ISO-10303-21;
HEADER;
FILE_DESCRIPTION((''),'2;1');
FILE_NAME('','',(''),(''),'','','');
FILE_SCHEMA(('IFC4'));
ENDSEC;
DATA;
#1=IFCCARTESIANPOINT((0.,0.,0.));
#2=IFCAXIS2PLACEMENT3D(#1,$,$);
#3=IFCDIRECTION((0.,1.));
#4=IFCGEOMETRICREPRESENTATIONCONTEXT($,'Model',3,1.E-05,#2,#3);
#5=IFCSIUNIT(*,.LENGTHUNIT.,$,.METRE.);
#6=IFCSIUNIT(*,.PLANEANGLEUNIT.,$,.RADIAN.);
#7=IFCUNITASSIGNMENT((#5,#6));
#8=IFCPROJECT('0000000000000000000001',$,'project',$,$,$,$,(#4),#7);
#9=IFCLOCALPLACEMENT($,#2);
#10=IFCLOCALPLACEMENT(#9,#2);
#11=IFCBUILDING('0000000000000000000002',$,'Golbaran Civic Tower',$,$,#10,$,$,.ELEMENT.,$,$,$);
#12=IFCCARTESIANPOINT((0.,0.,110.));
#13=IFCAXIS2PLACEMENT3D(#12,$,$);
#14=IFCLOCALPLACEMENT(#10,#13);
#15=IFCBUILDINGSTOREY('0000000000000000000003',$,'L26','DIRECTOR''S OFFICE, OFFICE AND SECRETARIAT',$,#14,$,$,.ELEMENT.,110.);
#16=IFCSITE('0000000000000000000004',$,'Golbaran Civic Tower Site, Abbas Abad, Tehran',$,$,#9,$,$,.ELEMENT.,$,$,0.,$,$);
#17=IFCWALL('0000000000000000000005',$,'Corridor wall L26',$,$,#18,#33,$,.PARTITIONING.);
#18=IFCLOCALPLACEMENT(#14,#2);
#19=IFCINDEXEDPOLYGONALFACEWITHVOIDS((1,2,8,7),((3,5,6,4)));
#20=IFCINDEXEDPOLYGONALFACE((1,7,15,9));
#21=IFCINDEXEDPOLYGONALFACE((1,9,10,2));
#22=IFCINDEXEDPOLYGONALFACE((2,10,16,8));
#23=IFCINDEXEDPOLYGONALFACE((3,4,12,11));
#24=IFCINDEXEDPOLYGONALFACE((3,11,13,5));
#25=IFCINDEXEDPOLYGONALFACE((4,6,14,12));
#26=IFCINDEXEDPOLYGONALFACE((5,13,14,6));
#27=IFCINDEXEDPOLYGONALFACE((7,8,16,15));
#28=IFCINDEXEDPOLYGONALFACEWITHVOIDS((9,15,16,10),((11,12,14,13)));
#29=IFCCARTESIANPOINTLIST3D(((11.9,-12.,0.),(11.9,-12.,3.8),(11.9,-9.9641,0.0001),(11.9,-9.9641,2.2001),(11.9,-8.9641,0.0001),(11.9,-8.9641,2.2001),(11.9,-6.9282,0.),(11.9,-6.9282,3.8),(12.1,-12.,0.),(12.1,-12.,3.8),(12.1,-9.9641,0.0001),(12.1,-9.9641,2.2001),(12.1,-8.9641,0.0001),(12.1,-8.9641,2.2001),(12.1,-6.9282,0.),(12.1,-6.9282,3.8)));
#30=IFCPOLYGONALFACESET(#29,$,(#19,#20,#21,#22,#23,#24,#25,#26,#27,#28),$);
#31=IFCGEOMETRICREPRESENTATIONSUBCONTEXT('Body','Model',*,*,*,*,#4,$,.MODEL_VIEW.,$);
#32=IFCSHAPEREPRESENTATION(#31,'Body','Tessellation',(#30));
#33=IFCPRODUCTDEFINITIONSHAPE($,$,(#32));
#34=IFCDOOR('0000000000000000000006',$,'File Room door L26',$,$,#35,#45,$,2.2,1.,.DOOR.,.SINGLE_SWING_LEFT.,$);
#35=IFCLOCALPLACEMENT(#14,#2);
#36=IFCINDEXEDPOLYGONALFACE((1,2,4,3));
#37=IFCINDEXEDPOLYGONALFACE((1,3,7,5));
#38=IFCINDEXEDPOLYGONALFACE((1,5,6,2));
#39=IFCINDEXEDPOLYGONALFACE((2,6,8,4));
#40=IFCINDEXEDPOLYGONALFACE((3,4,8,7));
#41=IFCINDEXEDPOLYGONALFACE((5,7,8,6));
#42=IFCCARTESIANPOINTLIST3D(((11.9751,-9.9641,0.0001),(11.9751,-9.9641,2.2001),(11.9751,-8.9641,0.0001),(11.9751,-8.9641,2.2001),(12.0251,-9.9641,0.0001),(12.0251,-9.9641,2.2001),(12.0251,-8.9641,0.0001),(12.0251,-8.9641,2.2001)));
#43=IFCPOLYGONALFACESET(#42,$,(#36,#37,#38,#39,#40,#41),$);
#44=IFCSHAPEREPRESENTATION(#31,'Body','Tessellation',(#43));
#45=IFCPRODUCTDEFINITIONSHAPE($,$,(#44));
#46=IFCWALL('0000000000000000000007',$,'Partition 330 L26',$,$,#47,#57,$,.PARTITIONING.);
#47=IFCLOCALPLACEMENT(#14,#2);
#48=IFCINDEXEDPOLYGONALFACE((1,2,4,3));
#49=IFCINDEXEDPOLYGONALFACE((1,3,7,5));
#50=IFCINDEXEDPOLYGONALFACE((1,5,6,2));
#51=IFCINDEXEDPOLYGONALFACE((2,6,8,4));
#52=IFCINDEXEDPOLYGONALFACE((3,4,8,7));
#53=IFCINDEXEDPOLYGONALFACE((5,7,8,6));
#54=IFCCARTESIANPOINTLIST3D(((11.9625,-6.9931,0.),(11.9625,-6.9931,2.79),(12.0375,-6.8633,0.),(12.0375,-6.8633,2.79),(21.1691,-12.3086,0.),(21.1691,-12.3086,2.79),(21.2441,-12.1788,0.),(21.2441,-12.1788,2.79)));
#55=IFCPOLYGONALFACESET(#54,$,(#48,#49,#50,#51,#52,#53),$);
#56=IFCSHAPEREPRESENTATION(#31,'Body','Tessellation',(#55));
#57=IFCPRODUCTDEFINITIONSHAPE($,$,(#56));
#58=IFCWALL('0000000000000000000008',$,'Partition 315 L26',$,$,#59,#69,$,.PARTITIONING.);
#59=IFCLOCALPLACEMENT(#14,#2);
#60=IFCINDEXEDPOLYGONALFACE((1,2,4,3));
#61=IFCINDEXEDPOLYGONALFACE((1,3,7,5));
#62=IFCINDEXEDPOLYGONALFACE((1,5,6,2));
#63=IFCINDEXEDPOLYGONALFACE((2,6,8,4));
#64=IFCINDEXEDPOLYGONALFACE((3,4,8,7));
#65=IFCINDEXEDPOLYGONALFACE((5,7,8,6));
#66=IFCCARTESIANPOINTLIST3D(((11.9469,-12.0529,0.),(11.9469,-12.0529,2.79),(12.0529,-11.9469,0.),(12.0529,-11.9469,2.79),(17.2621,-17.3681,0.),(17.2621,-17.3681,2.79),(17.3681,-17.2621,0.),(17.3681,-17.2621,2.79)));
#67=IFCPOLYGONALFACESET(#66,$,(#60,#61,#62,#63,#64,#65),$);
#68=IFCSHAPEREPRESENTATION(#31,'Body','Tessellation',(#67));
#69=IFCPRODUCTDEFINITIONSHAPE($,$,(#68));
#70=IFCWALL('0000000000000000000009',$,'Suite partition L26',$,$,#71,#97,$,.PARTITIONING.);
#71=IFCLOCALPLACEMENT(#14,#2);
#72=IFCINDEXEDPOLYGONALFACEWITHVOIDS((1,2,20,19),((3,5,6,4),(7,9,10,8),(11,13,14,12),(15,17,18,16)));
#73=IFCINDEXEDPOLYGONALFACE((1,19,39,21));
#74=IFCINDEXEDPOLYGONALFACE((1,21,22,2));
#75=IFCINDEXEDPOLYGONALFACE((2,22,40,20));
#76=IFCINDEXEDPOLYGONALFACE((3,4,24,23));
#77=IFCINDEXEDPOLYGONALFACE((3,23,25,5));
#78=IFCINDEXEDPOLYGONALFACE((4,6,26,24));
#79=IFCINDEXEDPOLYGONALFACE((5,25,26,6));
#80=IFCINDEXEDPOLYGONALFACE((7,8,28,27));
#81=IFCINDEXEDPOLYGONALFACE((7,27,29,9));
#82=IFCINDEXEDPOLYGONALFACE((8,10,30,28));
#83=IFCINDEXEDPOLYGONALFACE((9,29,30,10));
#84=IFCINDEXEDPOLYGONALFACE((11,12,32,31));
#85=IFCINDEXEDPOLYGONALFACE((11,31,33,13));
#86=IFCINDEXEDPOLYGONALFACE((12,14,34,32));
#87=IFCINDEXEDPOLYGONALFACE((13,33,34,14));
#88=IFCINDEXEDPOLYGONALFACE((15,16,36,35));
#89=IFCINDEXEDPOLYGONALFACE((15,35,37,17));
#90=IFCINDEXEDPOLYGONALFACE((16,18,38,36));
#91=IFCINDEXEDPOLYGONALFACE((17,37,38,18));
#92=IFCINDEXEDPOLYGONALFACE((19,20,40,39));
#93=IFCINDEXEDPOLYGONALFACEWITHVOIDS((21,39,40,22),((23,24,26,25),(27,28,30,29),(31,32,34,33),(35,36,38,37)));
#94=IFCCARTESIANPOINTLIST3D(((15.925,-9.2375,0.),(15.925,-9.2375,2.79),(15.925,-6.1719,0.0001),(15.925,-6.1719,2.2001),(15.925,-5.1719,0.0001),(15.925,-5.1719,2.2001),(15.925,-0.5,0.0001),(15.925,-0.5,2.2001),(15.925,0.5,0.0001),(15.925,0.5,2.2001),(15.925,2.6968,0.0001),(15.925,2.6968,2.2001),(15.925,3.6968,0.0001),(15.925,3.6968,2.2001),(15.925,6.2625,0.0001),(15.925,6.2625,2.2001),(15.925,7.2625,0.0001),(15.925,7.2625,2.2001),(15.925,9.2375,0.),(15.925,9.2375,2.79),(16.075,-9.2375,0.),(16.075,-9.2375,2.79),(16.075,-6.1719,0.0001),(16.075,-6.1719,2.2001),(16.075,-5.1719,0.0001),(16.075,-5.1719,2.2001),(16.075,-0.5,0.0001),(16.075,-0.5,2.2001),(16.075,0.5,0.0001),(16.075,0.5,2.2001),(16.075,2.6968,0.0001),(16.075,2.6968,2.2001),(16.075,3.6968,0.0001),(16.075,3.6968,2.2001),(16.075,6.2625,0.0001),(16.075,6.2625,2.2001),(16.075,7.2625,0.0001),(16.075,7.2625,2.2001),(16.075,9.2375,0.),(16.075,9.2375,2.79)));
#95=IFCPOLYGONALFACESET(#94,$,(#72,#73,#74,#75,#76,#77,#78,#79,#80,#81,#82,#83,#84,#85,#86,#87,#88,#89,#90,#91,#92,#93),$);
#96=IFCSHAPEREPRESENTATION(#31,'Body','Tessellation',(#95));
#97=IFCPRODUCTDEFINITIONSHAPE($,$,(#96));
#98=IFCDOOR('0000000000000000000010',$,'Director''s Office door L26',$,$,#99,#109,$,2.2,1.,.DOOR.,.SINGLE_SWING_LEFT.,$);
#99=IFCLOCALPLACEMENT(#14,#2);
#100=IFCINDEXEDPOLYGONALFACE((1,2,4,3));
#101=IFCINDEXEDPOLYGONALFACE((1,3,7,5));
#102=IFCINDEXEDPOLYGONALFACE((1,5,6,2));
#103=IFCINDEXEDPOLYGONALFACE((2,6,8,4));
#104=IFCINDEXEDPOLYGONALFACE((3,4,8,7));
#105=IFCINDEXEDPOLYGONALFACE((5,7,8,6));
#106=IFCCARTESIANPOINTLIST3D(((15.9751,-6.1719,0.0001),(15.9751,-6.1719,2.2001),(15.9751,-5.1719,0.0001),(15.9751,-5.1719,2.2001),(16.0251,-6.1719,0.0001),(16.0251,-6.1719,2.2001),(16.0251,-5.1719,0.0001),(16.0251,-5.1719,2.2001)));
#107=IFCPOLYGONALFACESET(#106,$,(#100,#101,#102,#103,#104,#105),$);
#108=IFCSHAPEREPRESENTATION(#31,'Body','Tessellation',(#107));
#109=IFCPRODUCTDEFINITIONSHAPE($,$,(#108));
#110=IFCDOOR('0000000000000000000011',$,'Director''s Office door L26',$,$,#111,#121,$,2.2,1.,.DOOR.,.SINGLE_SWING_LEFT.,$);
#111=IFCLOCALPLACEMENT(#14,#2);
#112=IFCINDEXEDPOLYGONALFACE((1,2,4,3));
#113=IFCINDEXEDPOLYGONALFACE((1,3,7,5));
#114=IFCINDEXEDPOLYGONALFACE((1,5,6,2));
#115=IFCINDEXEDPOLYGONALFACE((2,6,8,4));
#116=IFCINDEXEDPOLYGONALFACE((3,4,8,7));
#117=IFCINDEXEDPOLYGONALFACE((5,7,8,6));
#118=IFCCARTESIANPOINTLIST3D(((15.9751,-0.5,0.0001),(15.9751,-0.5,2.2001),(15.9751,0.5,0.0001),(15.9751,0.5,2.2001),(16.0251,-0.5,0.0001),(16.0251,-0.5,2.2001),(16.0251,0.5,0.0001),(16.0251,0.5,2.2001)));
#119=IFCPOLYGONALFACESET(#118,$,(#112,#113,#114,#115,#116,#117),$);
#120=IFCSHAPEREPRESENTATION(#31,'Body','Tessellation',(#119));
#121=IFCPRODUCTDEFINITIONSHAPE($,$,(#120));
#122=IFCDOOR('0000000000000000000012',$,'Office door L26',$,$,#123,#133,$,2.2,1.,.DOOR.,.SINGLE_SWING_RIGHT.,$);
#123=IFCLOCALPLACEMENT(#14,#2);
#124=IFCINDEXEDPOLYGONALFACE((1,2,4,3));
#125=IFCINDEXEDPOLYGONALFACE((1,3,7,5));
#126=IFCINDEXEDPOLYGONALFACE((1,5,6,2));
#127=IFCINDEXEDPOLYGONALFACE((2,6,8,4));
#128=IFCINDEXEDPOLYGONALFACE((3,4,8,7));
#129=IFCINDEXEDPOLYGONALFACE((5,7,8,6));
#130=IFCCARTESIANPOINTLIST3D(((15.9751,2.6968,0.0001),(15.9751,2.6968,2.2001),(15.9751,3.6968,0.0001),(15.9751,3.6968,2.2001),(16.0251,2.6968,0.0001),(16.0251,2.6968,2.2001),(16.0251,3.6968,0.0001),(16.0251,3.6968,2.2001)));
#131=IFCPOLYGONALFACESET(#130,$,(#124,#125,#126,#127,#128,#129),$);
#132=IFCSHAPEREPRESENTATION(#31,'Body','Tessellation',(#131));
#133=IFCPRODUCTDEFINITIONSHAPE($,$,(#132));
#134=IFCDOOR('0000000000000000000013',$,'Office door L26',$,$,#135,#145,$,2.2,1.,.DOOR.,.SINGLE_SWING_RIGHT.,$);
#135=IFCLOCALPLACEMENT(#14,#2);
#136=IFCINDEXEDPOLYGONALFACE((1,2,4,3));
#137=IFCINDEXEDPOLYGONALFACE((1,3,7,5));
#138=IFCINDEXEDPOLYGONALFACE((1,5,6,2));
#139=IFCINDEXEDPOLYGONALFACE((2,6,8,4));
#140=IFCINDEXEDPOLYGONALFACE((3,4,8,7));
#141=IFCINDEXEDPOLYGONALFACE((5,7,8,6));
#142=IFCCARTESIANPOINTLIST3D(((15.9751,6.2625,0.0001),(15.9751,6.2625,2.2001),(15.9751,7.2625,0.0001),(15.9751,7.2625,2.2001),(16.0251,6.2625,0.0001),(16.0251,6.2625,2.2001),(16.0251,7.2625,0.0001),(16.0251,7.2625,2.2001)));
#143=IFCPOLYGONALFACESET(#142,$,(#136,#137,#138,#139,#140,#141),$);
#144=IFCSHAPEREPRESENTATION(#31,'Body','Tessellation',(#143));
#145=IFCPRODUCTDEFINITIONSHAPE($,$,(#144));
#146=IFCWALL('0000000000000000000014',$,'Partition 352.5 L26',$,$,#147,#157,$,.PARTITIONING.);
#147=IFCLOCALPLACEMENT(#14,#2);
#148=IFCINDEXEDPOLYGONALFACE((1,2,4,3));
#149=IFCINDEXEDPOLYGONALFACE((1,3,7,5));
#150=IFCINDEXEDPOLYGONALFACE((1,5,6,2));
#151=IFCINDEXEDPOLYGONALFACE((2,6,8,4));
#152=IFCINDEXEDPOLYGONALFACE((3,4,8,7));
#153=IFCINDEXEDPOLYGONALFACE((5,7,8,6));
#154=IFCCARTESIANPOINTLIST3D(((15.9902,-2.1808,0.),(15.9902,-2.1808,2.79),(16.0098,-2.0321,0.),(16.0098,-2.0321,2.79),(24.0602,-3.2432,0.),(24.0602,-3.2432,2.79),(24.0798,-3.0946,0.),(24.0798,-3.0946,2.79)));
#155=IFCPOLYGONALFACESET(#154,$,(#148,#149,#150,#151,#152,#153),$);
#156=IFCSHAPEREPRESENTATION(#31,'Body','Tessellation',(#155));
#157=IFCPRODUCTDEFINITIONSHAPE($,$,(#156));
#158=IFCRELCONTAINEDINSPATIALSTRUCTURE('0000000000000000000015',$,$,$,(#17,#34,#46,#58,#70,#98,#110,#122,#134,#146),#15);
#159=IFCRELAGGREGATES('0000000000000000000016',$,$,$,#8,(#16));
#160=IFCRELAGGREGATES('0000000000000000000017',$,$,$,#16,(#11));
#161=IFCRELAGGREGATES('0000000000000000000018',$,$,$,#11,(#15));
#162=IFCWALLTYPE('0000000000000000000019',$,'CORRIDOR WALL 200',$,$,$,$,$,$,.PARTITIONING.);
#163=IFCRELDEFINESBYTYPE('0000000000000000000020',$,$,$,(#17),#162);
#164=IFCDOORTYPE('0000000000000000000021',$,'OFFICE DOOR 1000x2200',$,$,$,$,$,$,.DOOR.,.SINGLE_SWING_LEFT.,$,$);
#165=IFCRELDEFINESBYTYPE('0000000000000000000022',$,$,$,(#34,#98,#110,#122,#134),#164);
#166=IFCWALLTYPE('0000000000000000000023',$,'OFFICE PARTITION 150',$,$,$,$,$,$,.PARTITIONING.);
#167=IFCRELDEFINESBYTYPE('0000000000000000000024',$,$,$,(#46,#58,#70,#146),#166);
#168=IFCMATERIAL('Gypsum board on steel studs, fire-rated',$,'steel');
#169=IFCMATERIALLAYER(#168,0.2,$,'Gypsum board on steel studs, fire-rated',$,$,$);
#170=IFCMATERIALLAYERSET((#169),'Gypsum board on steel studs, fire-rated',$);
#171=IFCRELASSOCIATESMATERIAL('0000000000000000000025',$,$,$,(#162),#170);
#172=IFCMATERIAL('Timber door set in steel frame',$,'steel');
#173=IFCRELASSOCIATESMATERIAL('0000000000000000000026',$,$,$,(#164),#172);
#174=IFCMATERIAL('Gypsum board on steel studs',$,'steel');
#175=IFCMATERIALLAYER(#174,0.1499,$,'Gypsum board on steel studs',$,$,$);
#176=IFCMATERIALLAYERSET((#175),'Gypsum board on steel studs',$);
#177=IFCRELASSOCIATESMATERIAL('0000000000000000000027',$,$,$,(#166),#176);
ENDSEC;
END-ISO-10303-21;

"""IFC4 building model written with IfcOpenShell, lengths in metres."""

from ifc_helpers import new_model, si_unit, direction, frame, frame_2d, origin, place, context, subcontext, project, spatial, rectangle, extrude, material, layer, layer_set, type_object, element, fill, save


model = new_model("IFC4")

# Units and contexts
model_context = context("Model", 3, precision=1e-05, world=origin(), true_north=direction((0.0, 1.0)))
body_context = subcontext(model_context, "Body", "Model", "MODEL_VIEW")
ifc_project = project(units=[si_unit("LENGTHUNIT", "METRE"), si_unit("PLANEANGLEUNIT", "RADIAN")], contexts=[model_context])

# Site, building, storey
site_placement = place(None, origin())
site = spatial("IfcSite", under=ifc_project, at=site_placement, Name="Golbaran Civic Tower Site, Abbas Abad, Tehran", CompositionType="ELEMENT", RefElevation=0.0)
building_placement = place(site_placement, origin())
building = spatial("IfcBuilding", under=site, at=building_placement, Name="Golbaran Civic Tower", CompositionType="ELEMENT")
storey_placement = place(building_placement, frame((0.0, 0.0, 110.0)))
storey = spatial("IfcBuildingStorey", under=building, at=storey_placement, Name="L26", Description="DIRECTOR'S OFFICE, OFFICE AND SECRETARIAT", CompositionType="ELEMENT", Elevation=110.0)

# Shared definitions
ifc_material_1 = material(Name="Timber door set in steel frame", Category="steel")

# Wall, opening, door
ifc_material_2 = material(Name="Gypsum board on steel studs, fire-rated", Category="steel")
ifc_layer_1 = layer(ifc_material_2, 0.2, Name="Gypsum board on steel studs, fire-rated")
ifc_layer_set_1 = layer_set([ifc_layer_1], Name="Gypsum board on steel studs, fire-rated")
wall_type_1 = type_object("IfcWallType", Name="CORRIDOR WALL 200", PredefinedType="PARTITIONING", material=ifc_layer_set_1)
wall_1_placement = place(storey_placement, frame((12.0, -12.0, 0.0), z_axis=(0.0, 0.0, 1.0), x_axis=(0.0, 1.0, 0.0)))
wall_1 = element("IfcWall", 1, at=wall_1_placement, inside=storey, type_object=wall_type_1, Name="Corridor wall L26", PredefinedType="PARTITIONING", context=body_context, shape_type="SweptSolid", body=[
    extrude(rectangle(XDim=5.0718, YDim=0.2, at=frame_2d((2.5359, 0.0))), origin(), (0.0, 0.0, 1.0), 3.8),
])
opening_1_placement = place(wall_1_placement, frame((2.0359, 0.0, 0.0)))
opening_1 = element("IfcOpeningElement", 2, at=opening_1_placement, cuts=wall_1, PredefinedType="OPENING", context=body_context, shape_type="SweptSolid", body=[
    extrude(rectangle(XDim=1.0, YDim=2.2, at=frame_2d((0.5, 1.1001))), frame((0.0, 0.1099, 0.0), z_axis=(0.0, -1.0, 0.0), x_axis=(1.0, 0.0, 0.0)), (0.0, 0.0, 1.0), 0.22),
])
door_type_1 = type_object("IfcDoorType", Name="OFFICE DOOR 1000x2200", OperationType="SINGLE_SWING_LEFT", PredefinedType="DOOR", material=ifc_material_1)
door_1_placement = place(opening_1_placement, origin())
door_1 = element("IfcDoor", 3, at=door_1_placement, inside=storey, type_object=door_type_1, Name="File Room door L26", OperationType="SINGLE_SWING_LEFT", OverallHeight=2.2, OverallWidth=1.0, PredefinedType="DOOR", context=body_context, shape_type="SweptSolid", body=[
    extrude(rectangle(XDim=1.0, YDim=2.2, at=frame_2d((0.5, 1.1001))), frame((0.0, 0.0249, 0.0), z_axis=(0.0, -1.0, 0.0), x_axis=(1.0, 0.0, 0.0)), (0.0, 0.0, 1.0), 0.05),
])
fill(opening_1, door_1)

# Walls
ifc_material_3 = material(Name="Gypsum board on steel studs", Category="steel")
ifc_layer_2 = layer(ifc_material_3, 0.1499, Name="Gypsum board on steel studs")
ifc_layer_set_2 = layer_set([ifc_layer_2], Name="Gypsum board on steel studs")
wall_type_2 = type_object("IfcWallType", Name="OFFICE PARTITION 150", PredefinedType="PARTITIONING", material=ifc_layer_set_2)
wall_2_placement = place(storey_placement, frame((12.0, -6.9282, 0.0), z_axis=(0.0, 0.0, 1.0), x_axis=(0.866024, -0.500002, 0.0)))
element("IfcWall", 4, at=wall_2_placement, inside=storey, type_object=wall_type_2, Name="Partition 330 L26", PredefinedType="PARTITIONING", context=body_context, shape_type="SweptSolid", body=[
    extrude(rectangle(XDim=10.6309, YDim=0.1499, at=frame_2d((5.3154, 0.0))), origin(), (0.0, 0.0, 1.0), 2.79),
])
wall_3_placement = place(storey_placement, frame((12.0, -12.0, 0.0), z_axis=(0.0, 0.0, 1.0), x_axis=(0.707107, -0.707107, 0.0)))
element("IfcWall", 5, at=wall_3_placement, inside=storey, type_object=wall_type_2, Name="Partition 315 L26", PredefinedType="PARTITIONING", context=body_context, shape_type="SweptSolid", body=[
    extrude(rectangle(XDim=7.5168, YDim=0.1499, at=frame_2d((3.7583, 0.0))), origin(), (0.0, 0.0, 1.0), 2.79),
])

# Wall, openings, doors
wall_4_placement = place(storey_placement, frame((16.0, -9.2375, 0.0), z_axis=(0.0, 0.0, 1.0), x_axis=(0.0, 1.0, 0.0)))
wall_4 = element("IfcWall", 6, at=wall_4_placement, inside=storey, type_object=wall_type_2, Name="Suite partition L26", PredefinedType="PARTITIONING", context=body_context, shape_type="SweptSolid", body=[
    extrude(rectangle(XDim=18.4751, YDim=0.1499, at=frame_2d((9.2375, 0.0))), origin(), (0.0, 0.0, 1.0), 2.79),
])
opening_2_placement = place(wall_4_placement, frame((3.0657, 0.0, 0.0)))
opening_2 = element("IfcOpeningElement", 7, at=opening_2_placement, cuts=wall_4, PredefinedType="OPENING", context=body_context, shape_type="SweptSolid", body=[
    extrude(rectangle(XDim=1.0, YDim=2.2, at=frame_2d((0.5, 1.1001))), frame((0.0, 0.085, 0.0), z_axis=(0.0, -1.0, 0.0), x_axis=(1.0, 0.0, 0.0)), (0.0, 0.0, 1.0), 0.1699),
])
opening_3_placement = place(wall_4_placement, frame((8.7375, 0.0, 0.0)))
opening_3 = element("IfcOpeningElement", 8, at=opening_3_placement, cuts=wall_4, PredefinedType="OPENING", context=body_context, shape_type="SweptSolid", body=[
    extrude(rectangle(XDim=1.0, YDim=2.2, at=frame_2d((0.5, 1.1001))), frame((0.0, 0.085, 0.0), z_axis=(0.0, -1.0, 0.0), x_axis=(1.0, 0.0, 0.0)), (0.0, 0.0, 1.0), 0.1699),
])
opening_4_placement = place(wall_4_placement, frame((11.9343, 0.0, 0.0)))
opening_4 = element("IfcOpeningElement", 9, at=opening_4_placement, cuts=wall_4, PredefinedType="OPENING", context=body_context, shape_type="SweptSolid", body=[
    extrude(rectangle(XDim=1.0, YDim=2.2, at=frame_2d((0.5, 1.1001))), frame((0.0, 0.085, 0.0), z_axis=(0.0, -1.0, 0.0), x_axis=(1.0, 0.0, 0.0)), (0.0, 0.0, 1.0), 0.1699),
])
opening_5_placement = place(wall_4_placement, frame((15.5, 0.0, 0.0)))
opening_5 = element("IfcOpeningElement", 10, at=opening_5_placement, cuts=wall_4, PredefinedType="OPENING", context=body_context, shape_type="SweptSolid", body=[
    extrude(rectangle(XDim=1.0, YDim=2.2, at=frame_2d((0.5, 1.1001))), frame((0.0, 0.085, 0.0), z_axis=(0.0, -1.0, 0.0), x_axis=(1.0, 0.0, 0.0)), (0.0, 0.0, 1.0), 0.1699),
])
door_2_placement = place(opening_2_placement, origin())
door_2 = element("IfcDoor", 11, at=door_2_placement, inside=storey, type_object=door_type_1, Name="Director's Office door L26", OperationType="SINGLE_SWING_LEFT", OverallHeight=2.2, OverallWidth=1.0, PredefinedType="DOOR", context=body_context, shape_type="SweptSolid", body=[
    extrude(rectangle(XDim=1.0, YDim=2.2, at=frame_2d((0.5, 1.1001))), frame((0.0, 0.0249, 0.0), z_axis=(0.0, -1.0, 0.0), x_axis=(1.0, 0.0, 0.0)), (0.0, 0.0, 1.0), 0.05),
])
fill(opening_2, door_2)
door_3_placement = place(opening_3_placement, origin())
door_3 = element("IfcDoor", 12, at=door_3_placement, inside=storey, type_object=door_type_1, Name="Director's Office door L26", OperationType="SINGLE_SWING_LEFT", OverallHeight=2.2, OverallWidth=1.0, PredefinedType="DOOR", context=body_context, shape_type="SweptSolid", body=[
    extrude(rectangle(XDim=1.0, YDim=2.2, at=frame_2d((0.5, 1.1001))), frame((0.0, 0.0249, 0.0), z_axis=(0.0, -1.0, 0.0), x_axis=(1.0, 0.0, 0.0)), (0.0, 0.0, 1.0), 0.05),
])
fill(opening_3, door_3)
door_4_placement = place(opening_4_placement, origin())
door_4 = element("IfcDoor", 13, at=door_4_placement, inside=storey, type_object=door_type_1, Name="Office door L26", OperationType="SINGLE_SWING_RIGHT", OverallHeight=2.2, OverallWidth=1.0, PredefinedType="DOOR", context=body_context, shape_type="SweptSolid", body=[
    extrude(rectangle(XDim=1.0, YDim=2.2, at=frame_2d((0.5, 1.1001))), frame((0.0, 0.0249, 0.0), z_axis=(0.0, -1.0, 0.0), x_axis=(1.0, 0.0, 0.0)), (0.0, 0.0, 1.0), 0.05),
])
fill(opening_4, door_4)
door_5_placement = place(opening_5_placement, origin())
door_5 = element("IfcDoor", 14, at=door_5_placement, inside=storey, type_object=door_type_1, Name="Office door L26", OperationType="SINGLE_SWING_RIGHT", OverallHeight=2.2, OverallWidth=1.0, PredefinedType="DOOR", context=body_context, shape_type="SweptSolid", body=[
    extrude(rectangle(XDim=1.0, YDim=2.2, at=frame_2d((0.5, 1.1001))), frame((0.0, 0.0249, 0.0), z_axis=(0.0, -1.0, 0.0), x_axis=(1.0, 0.0, 0.0)), (0.0, 0.0, 1.0), 0.05),
])
fill(opening_5, door_5)

# Wall
wall_5_placement = place(storey_placement, frame((16.0, -2.1064, 0.0), z_axis=(0.0, 0.0, 1.0), x_axis=(0.991444, -0.130533, 0.0)))
element("IfcWall", 15, at=wall_5_placement, inside=storey, type_object=wall_type_2, Name="Partition 352.5 L26", PredefinedType="PARTITIONING", context=body_context, shape_type="SweptSolid", body=[
    extrude(rectangle(XDim=8.1396, YDim=0.1499, at=frame_2d((4.0698, 0.0))), origin(), (0.0, 0.0, 1.0), 2.79),
])

save(model, "model.ifc")
